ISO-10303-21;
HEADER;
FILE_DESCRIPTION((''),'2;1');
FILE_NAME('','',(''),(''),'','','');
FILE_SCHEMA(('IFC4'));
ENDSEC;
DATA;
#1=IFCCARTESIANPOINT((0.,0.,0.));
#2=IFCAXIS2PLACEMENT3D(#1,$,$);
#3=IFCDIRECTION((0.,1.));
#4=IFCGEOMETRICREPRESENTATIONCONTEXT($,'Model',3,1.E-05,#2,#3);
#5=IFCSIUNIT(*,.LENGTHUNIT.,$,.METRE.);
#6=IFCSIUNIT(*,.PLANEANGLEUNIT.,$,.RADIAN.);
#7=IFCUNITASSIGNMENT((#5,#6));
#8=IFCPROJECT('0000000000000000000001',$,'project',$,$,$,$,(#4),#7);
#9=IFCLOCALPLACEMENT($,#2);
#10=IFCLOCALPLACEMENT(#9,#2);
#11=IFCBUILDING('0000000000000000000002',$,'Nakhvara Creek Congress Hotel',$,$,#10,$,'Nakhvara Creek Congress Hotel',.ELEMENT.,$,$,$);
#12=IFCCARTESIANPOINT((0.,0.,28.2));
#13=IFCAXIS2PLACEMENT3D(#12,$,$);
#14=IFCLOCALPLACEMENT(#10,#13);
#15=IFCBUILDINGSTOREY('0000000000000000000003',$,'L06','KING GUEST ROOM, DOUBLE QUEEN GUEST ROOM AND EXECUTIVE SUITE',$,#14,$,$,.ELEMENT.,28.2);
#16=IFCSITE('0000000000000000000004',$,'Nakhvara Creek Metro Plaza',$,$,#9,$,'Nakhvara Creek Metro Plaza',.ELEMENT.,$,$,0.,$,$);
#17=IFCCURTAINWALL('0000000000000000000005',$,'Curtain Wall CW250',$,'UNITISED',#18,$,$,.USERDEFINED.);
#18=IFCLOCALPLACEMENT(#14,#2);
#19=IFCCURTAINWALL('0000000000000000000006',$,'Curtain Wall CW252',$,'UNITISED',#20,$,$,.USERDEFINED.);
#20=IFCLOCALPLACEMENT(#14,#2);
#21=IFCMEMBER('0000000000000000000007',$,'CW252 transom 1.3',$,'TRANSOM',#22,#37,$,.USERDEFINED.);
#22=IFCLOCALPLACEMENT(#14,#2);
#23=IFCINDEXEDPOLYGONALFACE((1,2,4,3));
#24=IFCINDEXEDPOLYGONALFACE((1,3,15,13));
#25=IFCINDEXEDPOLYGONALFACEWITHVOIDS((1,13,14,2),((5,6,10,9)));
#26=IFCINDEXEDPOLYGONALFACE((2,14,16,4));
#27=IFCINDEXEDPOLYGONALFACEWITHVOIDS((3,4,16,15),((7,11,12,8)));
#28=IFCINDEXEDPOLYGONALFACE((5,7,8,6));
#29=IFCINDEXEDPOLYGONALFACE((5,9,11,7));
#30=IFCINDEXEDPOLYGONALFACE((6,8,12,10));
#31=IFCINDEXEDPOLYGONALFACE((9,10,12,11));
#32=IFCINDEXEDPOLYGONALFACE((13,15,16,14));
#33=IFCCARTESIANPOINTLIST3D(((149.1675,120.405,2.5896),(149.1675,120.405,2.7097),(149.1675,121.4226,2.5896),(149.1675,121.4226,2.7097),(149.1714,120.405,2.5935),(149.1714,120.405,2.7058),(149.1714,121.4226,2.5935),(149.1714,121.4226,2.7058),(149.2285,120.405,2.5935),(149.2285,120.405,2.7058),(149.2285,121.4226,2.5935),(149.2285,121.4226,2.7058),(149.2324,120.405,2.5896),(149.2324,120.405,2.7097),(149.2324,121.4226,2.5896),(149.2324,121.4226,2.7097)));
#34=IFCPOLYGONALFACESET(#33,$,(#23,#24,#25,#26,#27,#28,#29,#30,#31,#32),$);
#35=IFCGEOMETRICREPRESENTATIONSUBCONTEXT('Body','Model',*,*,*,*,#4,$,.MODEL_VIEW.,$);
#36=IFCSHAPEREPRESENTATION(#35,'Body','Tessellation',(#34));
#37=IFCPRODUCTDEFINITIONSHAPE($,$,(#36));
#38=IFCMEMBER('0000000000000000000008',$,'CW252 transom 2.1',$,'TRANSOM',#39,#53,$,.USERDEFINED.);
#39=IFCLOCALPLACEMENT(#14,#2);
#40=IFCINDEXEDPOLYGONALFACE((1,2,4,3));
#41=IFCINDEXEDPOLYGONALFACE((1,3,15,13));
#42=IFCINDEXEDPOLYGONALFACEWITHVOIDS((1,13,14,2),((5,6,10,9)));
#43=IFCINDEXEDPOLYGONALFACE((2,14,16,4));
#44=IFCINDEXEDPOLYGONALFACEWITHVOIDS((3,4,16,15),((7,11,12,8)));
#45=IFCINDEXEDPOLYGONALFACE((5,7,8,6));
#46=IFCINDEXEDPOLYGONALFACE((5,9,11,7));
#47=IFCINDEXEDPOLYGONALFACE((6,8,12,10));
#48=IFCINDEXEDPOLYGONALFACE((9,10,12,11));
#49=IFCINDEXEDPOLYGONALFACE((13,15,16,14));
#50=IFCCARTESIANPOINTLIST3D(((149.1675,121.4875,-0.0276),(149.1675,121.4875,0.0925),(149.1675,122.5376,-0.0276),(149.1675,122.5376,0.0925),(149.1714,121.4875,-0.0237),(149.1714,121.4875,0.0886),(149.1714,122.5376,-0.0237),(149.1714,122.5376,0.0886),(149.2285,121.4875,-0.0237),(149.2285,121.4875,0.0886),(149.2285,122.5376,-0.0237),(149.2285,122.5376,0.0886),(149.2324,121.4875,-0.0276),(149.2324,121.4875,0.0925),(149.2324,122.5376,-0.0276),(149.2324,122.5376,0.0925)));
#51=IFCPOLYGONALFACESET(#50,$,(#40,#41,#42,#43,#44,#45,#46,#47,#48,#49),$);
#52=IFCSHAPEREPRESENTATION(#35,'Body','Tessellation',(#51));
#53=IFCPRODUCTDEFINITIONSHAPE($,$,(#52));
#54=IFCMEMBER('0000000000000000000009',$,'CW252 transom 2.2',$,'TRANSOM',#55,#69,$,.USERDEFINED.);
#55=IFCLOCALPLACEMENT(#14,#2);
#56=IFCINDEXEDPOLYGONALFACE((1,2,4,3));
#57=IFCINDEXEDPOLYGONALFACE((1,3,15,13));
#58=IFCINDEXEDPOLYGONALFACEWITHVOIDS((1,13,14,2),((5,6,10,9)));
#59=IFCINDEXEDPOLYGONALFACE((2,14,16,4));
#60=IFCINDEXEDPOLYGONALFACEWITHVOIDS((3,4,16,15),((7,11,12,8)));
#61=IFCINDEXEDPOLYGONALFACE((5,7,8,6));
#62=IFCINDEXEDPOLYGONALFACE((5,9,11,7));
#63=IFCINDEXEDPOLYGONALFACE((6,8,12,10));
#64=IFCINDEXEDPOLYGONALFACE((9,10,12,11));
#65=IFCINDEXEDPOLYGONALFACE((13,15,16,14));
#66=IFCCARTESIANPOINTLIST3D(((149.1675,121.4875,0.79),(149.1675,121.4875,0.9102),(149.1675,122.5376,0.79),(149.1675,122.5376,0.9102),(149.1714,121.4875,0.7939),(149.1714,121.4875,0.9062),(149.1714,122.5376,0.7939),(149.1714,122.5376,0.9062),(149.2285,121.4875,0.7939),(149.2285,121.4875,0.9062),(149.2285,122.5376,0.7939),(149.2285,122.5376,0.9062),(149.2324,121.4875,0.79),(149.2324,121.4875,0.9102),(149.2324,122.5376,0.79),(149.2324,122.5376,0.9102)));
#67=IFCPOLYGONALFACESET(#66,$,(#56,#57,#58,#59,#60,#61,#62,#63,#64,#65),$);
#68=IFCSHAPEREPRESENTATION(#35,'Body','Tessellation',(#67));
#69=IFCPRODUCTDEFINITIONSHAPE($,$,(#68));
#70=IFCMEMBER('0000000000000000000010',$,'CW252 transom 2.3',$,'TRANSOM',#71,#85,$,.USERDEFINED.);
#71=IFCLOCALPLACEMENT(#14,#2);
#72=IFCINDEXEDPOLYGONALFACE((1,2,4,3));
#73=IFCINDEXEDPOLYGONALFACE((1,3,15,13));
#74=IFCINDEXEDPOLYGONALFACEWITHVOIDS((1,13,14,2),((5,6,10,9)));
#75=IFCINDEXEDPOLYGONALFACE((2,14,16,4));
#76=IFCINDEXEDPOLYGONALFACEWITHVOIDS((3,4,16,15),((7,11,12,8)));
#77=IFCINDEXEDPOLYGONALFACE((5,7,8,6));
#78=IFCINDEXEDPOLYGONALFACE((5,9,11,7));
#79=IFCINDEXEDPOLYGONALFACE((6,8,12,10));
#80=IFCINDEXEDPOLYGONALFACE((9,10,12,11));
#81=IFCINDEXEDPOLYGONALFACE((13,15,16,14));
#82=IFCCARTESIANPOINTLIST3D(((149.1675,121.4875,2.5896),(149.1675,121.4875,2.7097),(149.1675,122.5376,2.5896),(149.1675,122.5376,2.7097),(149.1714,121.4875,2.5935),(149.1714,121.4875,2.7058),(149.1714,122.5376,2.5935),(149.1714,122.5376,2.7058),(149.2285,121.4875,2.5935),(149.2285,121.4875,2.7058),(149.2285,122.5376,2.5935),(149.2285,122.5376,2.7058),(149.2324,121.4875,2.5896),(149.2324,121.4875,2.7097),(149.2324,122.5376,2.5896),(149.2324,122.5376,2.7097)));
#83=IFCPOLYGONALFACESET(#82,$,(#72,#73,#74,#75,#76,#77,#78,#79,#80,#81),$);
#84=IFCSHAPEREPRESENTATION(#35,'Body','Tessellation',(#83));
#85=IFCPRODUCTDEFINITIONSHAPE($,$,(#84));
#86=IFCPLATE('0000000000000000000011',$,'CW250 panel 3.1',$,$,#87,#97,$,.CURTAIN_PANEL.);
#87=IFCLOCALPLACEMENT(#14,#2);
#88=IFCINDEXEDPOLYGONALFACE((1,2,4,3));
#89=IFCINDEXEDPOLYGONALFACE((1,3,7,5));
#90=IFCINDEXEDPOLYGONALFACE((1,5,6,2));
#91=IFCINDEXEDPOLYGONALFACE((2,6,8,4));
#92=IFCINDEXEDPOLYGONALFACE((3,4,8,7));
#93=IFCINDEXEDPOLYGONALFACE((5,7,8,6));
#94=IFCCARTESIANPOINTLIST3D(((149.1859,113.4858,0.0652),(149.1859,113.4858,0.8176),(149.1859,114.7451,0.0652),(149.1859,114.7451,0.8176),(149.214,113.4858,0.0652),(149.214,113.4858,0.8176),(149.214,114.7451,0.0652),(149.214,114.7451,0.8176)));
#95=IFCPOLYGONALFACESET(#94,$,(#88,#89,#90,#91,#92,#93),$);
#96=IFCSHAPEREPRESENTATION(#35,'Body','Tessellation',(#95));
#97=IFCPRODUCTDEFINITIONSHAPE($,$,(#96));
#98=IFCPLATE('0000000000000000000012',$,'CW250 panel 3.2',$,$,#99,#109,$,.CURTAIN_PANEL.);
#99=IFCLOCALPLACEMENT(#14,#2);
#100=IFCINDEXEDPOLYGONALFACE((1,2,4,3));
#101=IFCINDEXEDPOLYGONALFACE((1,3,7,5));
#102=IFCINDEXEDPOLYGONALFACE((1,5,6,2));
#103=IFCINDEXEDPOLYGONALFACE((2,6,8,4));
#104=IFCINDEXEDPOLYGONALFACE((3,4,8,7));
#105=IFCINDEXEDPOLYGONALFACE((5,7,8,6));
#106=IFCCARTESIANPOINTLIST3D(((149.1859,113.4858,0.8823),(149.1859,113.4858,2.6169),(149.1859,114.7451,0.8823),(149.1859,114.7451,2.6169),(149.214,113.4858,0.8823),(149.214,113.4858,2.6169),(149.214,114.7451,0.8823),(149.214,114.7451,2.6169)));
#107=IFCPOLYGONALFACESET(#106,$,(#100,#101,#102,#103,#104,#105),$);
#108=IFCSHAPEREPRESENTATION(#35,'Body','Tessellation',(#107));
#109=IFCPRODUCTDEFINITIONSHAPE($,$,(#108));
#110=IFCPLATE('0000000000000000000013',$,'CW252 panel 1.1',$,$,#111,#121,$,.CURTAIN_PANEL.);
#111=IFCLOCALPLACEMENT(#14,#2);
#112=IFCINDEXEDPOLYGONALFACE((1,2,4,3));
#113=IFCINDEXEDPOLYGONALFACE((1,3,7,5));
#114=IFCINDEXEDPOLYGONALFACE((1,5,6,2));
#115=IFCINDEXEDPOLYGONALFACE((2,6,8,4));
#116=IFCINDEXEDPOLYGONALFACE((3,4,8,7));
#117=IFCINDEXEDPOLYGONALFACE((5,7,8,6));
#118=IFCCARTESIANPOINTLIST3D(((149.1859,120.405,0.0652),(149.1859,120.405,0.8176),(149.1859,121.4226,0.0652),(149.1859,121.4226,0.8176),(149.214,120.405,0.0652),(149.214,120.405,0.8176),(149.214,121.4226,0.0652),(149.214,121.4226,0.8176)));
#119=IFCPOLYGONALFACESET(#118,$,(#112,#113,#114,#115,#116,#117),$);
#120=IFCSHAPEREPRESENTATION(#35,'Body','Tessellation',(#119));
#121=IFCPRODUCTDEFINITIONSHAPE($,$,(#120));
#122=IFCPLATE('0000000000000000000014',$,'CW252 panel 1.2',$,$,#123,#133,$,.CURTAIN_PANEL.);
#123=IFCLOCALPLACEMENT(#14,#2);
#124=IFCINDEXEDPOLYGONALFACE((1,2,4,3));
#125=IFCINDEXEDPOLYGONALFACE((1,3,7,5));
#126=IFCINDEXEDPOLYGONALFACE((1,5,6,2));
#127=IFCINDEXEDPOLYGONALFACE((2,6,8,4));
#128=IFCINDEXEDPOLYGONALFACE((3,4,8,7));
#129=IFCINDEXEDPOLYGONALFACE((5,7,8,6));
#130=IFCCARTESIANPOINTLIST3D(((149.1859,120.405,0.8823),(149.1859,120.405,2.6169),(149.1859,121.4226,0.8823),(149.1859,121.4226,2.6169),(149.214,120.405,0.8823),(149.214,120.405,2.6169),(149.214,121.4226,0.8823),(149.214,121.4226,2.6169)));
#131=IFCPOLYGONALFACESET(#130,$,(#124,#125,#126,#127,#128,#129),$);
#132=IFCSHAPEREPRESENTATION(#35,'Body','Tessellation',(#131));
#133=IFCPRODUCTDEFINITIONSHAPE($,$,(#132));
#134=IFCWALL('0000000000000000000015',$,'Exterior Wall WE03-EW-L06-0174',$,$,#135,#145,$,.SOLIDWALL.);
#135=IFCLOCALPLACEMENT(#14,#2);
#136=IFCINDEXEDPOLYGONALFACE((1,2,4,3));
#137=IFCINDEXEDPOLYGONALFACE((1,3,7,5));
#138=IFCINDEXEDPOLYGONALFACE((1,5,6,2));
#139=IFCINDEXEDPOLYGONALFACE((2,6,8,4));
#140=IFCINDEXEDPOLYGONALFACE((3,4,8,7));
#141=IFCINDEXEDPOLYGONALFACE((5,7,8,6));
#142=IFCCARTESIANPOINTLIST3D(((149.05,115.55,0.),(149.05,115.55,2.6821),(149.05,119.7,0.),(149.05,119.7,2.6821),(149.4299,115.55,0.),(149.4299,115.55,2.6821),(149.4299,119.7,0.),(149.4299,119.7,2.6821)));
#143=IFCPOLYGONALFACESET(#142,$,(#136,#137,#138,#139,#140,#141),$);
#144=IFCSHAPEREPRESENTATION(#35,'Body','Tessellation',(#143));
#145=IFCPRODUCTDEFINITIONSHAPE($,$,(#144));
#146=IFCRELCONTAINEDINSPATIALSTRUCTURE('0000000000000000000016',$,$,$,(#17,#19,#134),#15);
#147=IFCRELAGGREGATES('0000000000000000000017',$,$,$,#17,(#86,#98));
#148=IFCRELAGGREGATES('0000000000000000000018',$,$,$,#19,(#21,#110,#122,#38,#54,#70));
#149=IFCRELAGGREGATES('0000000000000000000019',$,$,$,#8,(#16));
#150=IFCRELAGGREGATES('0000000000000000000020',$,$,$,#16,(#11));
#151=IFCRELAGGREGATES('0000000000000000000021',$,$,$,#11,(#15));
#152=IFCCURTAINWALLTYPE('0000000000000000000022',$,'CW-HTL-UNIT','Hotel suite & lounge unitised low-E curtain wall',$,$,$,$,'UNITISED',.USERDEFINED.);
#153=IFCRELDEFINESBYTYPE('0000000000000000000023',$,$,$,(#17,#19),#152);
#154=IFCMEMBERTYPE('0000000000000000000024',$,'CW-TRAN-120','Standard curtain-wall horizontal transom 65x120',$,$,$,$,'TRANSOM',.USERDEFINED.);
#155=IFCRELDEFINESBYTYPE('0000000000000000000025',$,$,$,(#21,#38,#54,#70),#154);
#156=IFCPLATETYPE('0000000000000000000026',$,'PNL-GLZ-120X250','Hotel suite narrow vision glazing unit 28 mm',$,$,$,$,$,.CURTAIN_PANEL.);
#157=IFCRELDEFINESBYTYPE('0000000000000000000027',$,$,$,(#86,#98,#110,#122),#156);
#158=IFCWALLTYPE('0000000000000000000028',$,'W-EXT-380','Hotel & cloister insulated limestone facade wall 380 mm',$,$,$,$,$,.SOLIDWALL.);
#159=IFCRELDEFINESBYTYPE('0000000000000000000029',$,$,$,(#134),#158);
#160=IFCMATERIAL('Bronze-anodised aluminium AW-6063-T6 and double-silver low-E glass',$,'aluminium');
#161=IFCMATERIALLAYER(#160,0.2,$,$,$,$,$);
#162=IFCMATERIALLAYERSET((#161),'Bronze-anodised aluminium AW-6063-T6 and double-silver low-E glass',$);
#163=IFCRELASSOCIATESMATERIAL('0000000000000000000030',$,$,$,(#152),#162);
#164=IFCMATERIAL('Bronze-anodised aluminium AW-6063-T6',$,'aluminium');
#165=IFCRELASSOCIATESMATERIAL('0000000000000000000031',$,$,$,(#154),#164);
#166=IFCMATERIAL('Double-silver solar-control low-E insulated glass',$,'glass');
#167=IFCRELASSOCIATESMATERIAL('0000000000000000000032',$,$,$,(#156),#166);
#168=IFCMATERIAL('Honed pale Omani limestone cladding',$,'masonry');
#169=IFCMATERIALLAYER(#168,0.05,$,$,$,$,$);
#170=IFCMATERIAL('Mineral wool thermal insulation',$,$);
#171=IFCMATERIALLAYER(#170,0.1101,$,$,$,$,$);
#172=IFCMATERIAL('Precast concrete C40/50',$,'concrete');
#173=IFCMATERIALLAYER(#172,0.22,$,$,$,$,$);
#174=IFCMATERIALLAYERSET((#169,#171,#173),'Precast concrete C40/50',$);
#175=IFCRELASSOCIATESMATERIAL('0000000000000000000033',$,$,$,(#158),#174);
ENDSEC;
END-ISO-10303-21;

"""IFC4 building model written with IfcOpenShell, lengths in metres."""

from ifc_helpers import new_model, si_unit, direction, frame, frame_2d, origin, origin_2d, place, context, subcontext, project, spatial, rectangle, hollow_rectangle, extrude, material, layer, layer_set, material_profile, profile_set, type_object, element, aggregate, save


model = new_model("IFC4")

# Units and contexts
model_context = context("Model", 3, precision=1e-05, world=origin(), true_north=direction((0.0, 1.0)))
body_context = subcontext(model_context, "Body", "Model", "MODEL_VIEW")
ifc_project = project(units=[si_unit("LENGTHUNIT", "METRE"), si_unit("PLANEANGLEUNIT", "RADIAN")], contexts=[model_context])

# Site, building, storey
site_placement = place(None, origin())
site = spatial("IfcSite", under=ifc_project, at=site_placement, Name="Nakhvara Creek Metro Plaza", LongName="Nakhvara Creek Metro Plaza", CompositionType="ELEMENT", RefElevation=0.0)
building_placement = place(site_placement, origin())
building = spatial("IfcBuilding", under=site, at=building_placement, Name="Nakhvara Creek Congress Hotel", LongName="Nakhvara Creek Congress Hotel", CompositionType="ELEMENT")
storey_placement = place(building_placement, frame((0.0, 0.0, 28.2)))
storey = spatial("IfcBuildingStorey", under=building, at=storey_placement, Name="L06", Description="KING GUEST ROOM, DOUBLE QUEEN GUEST ROOM AND EXECUTIVE SUITE", CompositionType="ELEMENT", Elevation=28.2)

# Curtain wall
ifc_material_1 = material(Name="Bronze-anodised aluminium AW-6063-T6 and double-silver low-E glass", Category="aluminium")
ifc_layer_1 = layer(ifc_material_1, 0.2)
ifc_layer_set_1 = layer_set([ifc_layer_1], Name="Bronze-anodised aluminium AW-6063-T6 and double-silver low-E glass")
curtain_wall_type = type_object("IfcCurtainWallType", Name="CW-HTL-UNIT", Description="Hotel suite & lounge unitised low-E curtain wall", ElementType="UNITISED", PredefinedType="USERDEFINED", material=ifc_layer_set_1)
curtain_wall_1_placement = place(storey_placement, origin())
curtain_wall_1 = element("IfcCurtainWall", 1, at=curtain_wall_1_placement, inside=storey, type_object=curtain_wall_type, Name="Curtain Wall CW250", ObjectType="UNITISED", PredefinedType="USERDEFINED")
ifc_material_2 = material(Name="Bronze-anodised aluminium AW-6063-T6", Category="aluminium")

# Curtain wall
curtain_wall_2_placement = place(storey_placement, origin())
curtain_wall_2 = element("IfcCurtainWall", 2, at=curtain_wall_2_placement, inside=storey, type_object=curtain_wall_type, Name="Curtain Wall CW252", ObjectType="UNITISED", PredefinedType="USERDEFINED")

# Members
ifc_material_profile_1 = material_profile(ifc_material_2, hollow_rectangle(XDim=0.0649, YDim=0.1201, WallThickness=0.0039, at=origin_2d()), Name="ALU-TRAN 65x120x4", Category="LoadBearing")
ifc_profile_set_1 = profile_set([ifc_material_profile_1], Name="Bronze-anodised aluminium AW-6063-T6")
member_type_1 = type_object("IfcMemberType", Name="CW-TRAN-120", Description="Standard curtain-wall horizontal transom 65x120", ElementType="TRANSOM", PredefinedType="USERDEFINED", material=ifc_profile_set_1)
member_1_placement = place(storey_placement, frame((149.2, 120.405, 2.6497), z_axis=(0.0, 1.0, 0.0), x_axis=(-1.0, 0.0, 0.0)))
member_1 = element("IfcMember", 3, at=member_1_placement, type_object=member_type_1, Name="CW252 transom 1.3", ObjectType="TRANSOM", PredefinedType="USERDEFINED", context=body_context, shape_type="SweptSolid", body=[
    extrude(hollow_rectangle(XDim=0.0649, YDim=0.1201, WallThickness=0.0039, at=origin_2d()), origin(), (0.0, 0.0, 1.0), 1.0176),
])
member_2_placement = place(storey_placement, frame((149.2, 121.4875, 0.0325), z_axis=(0.0, 1.0, 0.0), x_axis=(-1.0, 0.0, 0.0)))
member_2 = element("IfcMember", 4, at=member_2_placement, type_object=member_type_1, Name="CW252 transom 2.1", ObjectType="TRANSOM", PredefinedType="USERDEFINED", context=body_context, shape_type="SweptSolid", body=[
    extrude(hollow_rectangle(XDim=0.0649, YDim=0.1201, WallThickness=0.0039, at=origin_2d()), origin(), (0.0, 0.0, 1.0), 1.05),
])
member_3_placement = place(storey_placement, frame((149.2, 121.4875, 0.8501), z_axis=(0.0, 1.0, 0.0), x_axis=(-1.0, 0.0, 0.0)))
member_3 = element("IfcMember", 5, at=member_3_placement, type_object=member_type_1, Name="CW252 transom 2.2", ObjectType="TRANSOM", PredefinedType="USERDEFINED", context=body_context, shape_type="SweptSolid", body=[
    extrude(hollow_rectangle(XDim=0.0649, YDim=0.1201, WallThickness=0.0039, at=origin_2d()), origin(), (0.0, 0.0, 1.0), 1.05),
])
member_4_placement = place(storey_placement, frame((149.2, 121.4875, 2.6497), z_axis=(0.0, 1.0, 0.0), x_axis=(-1.0, 0.0, 0.0)))
member_4 = element("IfcMember", 6, at=member_4_placement, type_object=member_type_1, Name="CW252 transom 2.3", ObjectType="TRANSOM", PredefinedType="USERDEFINED", context=body_context, shape_type="SweptSolid", body=[
    extrude(hollow_rectangle(XDim=0.0649, YDim=0.1201, WallThickness=0.0039, at=origin_2d()), origin(), (0.0, 0.0, 1.0), 1.05),
])

# Plates
ifc_material_3 = material(Name="Double-silver solar-control low-E insulated glass", Category="glass")
plate_type = type_object("IfcPlateType", Name="PNL-GLZ-120X250", Description="Hotel suite narrow vision glazing unit 28 mm", PredefinedType="CURTAIN_PANEL", material=ifc_material_3)
plate_1_placement = place(storey_placement, frame((149.2, 114.1155, 0.0652), z_axis=(0.0, 0.0, 1.0), x_axis=(0.0, 1.0, 0.0)))
plate_1 = element("IfcPlate", 7, at=plate_1_placement, type_object=plate_type, Name="CW250 panel 3.1", PredefinedType="CURTAIN_PANEL", context=body_context, shape_type="SweptSolid", body=[
    extrude(rectangle(XDim=1.2593, YDim=0.0281, at=origin_2d()), origin(), (0.0, 0.0, 1.0), 0.7524),
])
plate_2_placement = place(storey_placement, frame((149.2, 114.1155, 0.8823), z_axis=(0.0, 0.0, 1.0), x_axis=(0.0, 1.0, 0.0)))
plate_2 = element("IfcPlate", 8, at=plate_2_placement, type_object=plate_type, Name="CW250 panel 3.2", PredefinedType="CURTAIN_PANEL", context=body_context, shape_type="SweptSolid", body=[
    extrude(rectangle(XDim=1.2593, YDim=0.0281, at=origin_2d()), origin(), (0.0, 0.0, 1.0), 1.7346),
])
aggregate(curtain_wall_1, [plate_1, plate_2])
plate_3_placement = place(storey_placement, frame((149.2, 120.9138, 0.0652), z_axis=(0.0, 0.0, 1.0), x_axis=(0.0, 1.0, 0.0)))
plate_3 = element("IfcPlate", 9, at=plate_3_placement, type_object=plate_type, Name="CW252 panel 1.1", PredefinedType="CURTAIN_PANEL", context=body_context, shape_type="SweptSolid", body=[
    extrude(rectangle(XDim=1.0176, YDim=0.0281, at=origin_2d()), origin(), (0.0, 0.0, 1.0), 0.7524),
])
plate_4_placement = place(storey_placement, frame((149.2, 120.9138, 0.8823), z_axis=(0.0, 0.0, 1.0), x_axis=(0.0, 1.0, 0.0)))
plate_4 = element("IfcPlate", 10, at=plate_4_placement, type_object=plate_type, Name="CW252 panel 1.2", PredefinedType="CURTAIN_PANEL", context=body_context, shape_type="SweptSolid", body=[
    extrude(rectangle(XDim=1.0176, YDim=0.0281, at=origin_2d()), origin(), (0.0, 0.0, 1.0), 1.7346),
])
aggregate(curtain_wall_2, [member_1, plate_3, plate_4, member_2, member_3, member_4])

# Wall
ifc_material_4 = material(Name="Honed pale Omani limestone cladding", Category="masonry")
ifc_layer_2 = layer(ifc_material_4, 0.05)
ifc_material_5 = material(Name="Mineral wool thermal insulation")
ifc_layer_3 = layer(ifc_material_5, 0.1101)
ifc_material_6 = material(Name="Precast concrete C40/50", Category="concrete")
ifc_layer_4 = layer(ifc_material_6, 0.22)
ifc_layer_set_2 = layer_set([ifc_layer_2, ifc_layer_3, ifc_layer_4], Name="Precast concrete C40/50")
wall_type = type_object("IfcWallType", Name="W-EXT-380", Description="Hotel & cloister insulated limestone facade wall 380 mm", PredefinedType="SOLIDWALL", material=ifc_layer_set_2)
wall_placement = place(storey_placement, frame((149.24, 115.55, 0.0), z_axis=(0.0, 0.0, 1.0), x_axis=(0.0, 1.0, 0.0)))
element("IfcWall", 11, at=wall_placement, inside=storey, type_object=wall_type, Name="Exterior Wall WE03-EW-L06-0174", PredefinedType="SOLIDWALL", context=body_context, shape_type="SweptSolid", body=[
    extrude(rectangle(XDim=4.1499, YDim=0.3799, at=frame_2d((2.075, 0.0))), origin(), (0.0, 0.0, 1.0), 2.6821),
])

save(model, "model.ifc")
